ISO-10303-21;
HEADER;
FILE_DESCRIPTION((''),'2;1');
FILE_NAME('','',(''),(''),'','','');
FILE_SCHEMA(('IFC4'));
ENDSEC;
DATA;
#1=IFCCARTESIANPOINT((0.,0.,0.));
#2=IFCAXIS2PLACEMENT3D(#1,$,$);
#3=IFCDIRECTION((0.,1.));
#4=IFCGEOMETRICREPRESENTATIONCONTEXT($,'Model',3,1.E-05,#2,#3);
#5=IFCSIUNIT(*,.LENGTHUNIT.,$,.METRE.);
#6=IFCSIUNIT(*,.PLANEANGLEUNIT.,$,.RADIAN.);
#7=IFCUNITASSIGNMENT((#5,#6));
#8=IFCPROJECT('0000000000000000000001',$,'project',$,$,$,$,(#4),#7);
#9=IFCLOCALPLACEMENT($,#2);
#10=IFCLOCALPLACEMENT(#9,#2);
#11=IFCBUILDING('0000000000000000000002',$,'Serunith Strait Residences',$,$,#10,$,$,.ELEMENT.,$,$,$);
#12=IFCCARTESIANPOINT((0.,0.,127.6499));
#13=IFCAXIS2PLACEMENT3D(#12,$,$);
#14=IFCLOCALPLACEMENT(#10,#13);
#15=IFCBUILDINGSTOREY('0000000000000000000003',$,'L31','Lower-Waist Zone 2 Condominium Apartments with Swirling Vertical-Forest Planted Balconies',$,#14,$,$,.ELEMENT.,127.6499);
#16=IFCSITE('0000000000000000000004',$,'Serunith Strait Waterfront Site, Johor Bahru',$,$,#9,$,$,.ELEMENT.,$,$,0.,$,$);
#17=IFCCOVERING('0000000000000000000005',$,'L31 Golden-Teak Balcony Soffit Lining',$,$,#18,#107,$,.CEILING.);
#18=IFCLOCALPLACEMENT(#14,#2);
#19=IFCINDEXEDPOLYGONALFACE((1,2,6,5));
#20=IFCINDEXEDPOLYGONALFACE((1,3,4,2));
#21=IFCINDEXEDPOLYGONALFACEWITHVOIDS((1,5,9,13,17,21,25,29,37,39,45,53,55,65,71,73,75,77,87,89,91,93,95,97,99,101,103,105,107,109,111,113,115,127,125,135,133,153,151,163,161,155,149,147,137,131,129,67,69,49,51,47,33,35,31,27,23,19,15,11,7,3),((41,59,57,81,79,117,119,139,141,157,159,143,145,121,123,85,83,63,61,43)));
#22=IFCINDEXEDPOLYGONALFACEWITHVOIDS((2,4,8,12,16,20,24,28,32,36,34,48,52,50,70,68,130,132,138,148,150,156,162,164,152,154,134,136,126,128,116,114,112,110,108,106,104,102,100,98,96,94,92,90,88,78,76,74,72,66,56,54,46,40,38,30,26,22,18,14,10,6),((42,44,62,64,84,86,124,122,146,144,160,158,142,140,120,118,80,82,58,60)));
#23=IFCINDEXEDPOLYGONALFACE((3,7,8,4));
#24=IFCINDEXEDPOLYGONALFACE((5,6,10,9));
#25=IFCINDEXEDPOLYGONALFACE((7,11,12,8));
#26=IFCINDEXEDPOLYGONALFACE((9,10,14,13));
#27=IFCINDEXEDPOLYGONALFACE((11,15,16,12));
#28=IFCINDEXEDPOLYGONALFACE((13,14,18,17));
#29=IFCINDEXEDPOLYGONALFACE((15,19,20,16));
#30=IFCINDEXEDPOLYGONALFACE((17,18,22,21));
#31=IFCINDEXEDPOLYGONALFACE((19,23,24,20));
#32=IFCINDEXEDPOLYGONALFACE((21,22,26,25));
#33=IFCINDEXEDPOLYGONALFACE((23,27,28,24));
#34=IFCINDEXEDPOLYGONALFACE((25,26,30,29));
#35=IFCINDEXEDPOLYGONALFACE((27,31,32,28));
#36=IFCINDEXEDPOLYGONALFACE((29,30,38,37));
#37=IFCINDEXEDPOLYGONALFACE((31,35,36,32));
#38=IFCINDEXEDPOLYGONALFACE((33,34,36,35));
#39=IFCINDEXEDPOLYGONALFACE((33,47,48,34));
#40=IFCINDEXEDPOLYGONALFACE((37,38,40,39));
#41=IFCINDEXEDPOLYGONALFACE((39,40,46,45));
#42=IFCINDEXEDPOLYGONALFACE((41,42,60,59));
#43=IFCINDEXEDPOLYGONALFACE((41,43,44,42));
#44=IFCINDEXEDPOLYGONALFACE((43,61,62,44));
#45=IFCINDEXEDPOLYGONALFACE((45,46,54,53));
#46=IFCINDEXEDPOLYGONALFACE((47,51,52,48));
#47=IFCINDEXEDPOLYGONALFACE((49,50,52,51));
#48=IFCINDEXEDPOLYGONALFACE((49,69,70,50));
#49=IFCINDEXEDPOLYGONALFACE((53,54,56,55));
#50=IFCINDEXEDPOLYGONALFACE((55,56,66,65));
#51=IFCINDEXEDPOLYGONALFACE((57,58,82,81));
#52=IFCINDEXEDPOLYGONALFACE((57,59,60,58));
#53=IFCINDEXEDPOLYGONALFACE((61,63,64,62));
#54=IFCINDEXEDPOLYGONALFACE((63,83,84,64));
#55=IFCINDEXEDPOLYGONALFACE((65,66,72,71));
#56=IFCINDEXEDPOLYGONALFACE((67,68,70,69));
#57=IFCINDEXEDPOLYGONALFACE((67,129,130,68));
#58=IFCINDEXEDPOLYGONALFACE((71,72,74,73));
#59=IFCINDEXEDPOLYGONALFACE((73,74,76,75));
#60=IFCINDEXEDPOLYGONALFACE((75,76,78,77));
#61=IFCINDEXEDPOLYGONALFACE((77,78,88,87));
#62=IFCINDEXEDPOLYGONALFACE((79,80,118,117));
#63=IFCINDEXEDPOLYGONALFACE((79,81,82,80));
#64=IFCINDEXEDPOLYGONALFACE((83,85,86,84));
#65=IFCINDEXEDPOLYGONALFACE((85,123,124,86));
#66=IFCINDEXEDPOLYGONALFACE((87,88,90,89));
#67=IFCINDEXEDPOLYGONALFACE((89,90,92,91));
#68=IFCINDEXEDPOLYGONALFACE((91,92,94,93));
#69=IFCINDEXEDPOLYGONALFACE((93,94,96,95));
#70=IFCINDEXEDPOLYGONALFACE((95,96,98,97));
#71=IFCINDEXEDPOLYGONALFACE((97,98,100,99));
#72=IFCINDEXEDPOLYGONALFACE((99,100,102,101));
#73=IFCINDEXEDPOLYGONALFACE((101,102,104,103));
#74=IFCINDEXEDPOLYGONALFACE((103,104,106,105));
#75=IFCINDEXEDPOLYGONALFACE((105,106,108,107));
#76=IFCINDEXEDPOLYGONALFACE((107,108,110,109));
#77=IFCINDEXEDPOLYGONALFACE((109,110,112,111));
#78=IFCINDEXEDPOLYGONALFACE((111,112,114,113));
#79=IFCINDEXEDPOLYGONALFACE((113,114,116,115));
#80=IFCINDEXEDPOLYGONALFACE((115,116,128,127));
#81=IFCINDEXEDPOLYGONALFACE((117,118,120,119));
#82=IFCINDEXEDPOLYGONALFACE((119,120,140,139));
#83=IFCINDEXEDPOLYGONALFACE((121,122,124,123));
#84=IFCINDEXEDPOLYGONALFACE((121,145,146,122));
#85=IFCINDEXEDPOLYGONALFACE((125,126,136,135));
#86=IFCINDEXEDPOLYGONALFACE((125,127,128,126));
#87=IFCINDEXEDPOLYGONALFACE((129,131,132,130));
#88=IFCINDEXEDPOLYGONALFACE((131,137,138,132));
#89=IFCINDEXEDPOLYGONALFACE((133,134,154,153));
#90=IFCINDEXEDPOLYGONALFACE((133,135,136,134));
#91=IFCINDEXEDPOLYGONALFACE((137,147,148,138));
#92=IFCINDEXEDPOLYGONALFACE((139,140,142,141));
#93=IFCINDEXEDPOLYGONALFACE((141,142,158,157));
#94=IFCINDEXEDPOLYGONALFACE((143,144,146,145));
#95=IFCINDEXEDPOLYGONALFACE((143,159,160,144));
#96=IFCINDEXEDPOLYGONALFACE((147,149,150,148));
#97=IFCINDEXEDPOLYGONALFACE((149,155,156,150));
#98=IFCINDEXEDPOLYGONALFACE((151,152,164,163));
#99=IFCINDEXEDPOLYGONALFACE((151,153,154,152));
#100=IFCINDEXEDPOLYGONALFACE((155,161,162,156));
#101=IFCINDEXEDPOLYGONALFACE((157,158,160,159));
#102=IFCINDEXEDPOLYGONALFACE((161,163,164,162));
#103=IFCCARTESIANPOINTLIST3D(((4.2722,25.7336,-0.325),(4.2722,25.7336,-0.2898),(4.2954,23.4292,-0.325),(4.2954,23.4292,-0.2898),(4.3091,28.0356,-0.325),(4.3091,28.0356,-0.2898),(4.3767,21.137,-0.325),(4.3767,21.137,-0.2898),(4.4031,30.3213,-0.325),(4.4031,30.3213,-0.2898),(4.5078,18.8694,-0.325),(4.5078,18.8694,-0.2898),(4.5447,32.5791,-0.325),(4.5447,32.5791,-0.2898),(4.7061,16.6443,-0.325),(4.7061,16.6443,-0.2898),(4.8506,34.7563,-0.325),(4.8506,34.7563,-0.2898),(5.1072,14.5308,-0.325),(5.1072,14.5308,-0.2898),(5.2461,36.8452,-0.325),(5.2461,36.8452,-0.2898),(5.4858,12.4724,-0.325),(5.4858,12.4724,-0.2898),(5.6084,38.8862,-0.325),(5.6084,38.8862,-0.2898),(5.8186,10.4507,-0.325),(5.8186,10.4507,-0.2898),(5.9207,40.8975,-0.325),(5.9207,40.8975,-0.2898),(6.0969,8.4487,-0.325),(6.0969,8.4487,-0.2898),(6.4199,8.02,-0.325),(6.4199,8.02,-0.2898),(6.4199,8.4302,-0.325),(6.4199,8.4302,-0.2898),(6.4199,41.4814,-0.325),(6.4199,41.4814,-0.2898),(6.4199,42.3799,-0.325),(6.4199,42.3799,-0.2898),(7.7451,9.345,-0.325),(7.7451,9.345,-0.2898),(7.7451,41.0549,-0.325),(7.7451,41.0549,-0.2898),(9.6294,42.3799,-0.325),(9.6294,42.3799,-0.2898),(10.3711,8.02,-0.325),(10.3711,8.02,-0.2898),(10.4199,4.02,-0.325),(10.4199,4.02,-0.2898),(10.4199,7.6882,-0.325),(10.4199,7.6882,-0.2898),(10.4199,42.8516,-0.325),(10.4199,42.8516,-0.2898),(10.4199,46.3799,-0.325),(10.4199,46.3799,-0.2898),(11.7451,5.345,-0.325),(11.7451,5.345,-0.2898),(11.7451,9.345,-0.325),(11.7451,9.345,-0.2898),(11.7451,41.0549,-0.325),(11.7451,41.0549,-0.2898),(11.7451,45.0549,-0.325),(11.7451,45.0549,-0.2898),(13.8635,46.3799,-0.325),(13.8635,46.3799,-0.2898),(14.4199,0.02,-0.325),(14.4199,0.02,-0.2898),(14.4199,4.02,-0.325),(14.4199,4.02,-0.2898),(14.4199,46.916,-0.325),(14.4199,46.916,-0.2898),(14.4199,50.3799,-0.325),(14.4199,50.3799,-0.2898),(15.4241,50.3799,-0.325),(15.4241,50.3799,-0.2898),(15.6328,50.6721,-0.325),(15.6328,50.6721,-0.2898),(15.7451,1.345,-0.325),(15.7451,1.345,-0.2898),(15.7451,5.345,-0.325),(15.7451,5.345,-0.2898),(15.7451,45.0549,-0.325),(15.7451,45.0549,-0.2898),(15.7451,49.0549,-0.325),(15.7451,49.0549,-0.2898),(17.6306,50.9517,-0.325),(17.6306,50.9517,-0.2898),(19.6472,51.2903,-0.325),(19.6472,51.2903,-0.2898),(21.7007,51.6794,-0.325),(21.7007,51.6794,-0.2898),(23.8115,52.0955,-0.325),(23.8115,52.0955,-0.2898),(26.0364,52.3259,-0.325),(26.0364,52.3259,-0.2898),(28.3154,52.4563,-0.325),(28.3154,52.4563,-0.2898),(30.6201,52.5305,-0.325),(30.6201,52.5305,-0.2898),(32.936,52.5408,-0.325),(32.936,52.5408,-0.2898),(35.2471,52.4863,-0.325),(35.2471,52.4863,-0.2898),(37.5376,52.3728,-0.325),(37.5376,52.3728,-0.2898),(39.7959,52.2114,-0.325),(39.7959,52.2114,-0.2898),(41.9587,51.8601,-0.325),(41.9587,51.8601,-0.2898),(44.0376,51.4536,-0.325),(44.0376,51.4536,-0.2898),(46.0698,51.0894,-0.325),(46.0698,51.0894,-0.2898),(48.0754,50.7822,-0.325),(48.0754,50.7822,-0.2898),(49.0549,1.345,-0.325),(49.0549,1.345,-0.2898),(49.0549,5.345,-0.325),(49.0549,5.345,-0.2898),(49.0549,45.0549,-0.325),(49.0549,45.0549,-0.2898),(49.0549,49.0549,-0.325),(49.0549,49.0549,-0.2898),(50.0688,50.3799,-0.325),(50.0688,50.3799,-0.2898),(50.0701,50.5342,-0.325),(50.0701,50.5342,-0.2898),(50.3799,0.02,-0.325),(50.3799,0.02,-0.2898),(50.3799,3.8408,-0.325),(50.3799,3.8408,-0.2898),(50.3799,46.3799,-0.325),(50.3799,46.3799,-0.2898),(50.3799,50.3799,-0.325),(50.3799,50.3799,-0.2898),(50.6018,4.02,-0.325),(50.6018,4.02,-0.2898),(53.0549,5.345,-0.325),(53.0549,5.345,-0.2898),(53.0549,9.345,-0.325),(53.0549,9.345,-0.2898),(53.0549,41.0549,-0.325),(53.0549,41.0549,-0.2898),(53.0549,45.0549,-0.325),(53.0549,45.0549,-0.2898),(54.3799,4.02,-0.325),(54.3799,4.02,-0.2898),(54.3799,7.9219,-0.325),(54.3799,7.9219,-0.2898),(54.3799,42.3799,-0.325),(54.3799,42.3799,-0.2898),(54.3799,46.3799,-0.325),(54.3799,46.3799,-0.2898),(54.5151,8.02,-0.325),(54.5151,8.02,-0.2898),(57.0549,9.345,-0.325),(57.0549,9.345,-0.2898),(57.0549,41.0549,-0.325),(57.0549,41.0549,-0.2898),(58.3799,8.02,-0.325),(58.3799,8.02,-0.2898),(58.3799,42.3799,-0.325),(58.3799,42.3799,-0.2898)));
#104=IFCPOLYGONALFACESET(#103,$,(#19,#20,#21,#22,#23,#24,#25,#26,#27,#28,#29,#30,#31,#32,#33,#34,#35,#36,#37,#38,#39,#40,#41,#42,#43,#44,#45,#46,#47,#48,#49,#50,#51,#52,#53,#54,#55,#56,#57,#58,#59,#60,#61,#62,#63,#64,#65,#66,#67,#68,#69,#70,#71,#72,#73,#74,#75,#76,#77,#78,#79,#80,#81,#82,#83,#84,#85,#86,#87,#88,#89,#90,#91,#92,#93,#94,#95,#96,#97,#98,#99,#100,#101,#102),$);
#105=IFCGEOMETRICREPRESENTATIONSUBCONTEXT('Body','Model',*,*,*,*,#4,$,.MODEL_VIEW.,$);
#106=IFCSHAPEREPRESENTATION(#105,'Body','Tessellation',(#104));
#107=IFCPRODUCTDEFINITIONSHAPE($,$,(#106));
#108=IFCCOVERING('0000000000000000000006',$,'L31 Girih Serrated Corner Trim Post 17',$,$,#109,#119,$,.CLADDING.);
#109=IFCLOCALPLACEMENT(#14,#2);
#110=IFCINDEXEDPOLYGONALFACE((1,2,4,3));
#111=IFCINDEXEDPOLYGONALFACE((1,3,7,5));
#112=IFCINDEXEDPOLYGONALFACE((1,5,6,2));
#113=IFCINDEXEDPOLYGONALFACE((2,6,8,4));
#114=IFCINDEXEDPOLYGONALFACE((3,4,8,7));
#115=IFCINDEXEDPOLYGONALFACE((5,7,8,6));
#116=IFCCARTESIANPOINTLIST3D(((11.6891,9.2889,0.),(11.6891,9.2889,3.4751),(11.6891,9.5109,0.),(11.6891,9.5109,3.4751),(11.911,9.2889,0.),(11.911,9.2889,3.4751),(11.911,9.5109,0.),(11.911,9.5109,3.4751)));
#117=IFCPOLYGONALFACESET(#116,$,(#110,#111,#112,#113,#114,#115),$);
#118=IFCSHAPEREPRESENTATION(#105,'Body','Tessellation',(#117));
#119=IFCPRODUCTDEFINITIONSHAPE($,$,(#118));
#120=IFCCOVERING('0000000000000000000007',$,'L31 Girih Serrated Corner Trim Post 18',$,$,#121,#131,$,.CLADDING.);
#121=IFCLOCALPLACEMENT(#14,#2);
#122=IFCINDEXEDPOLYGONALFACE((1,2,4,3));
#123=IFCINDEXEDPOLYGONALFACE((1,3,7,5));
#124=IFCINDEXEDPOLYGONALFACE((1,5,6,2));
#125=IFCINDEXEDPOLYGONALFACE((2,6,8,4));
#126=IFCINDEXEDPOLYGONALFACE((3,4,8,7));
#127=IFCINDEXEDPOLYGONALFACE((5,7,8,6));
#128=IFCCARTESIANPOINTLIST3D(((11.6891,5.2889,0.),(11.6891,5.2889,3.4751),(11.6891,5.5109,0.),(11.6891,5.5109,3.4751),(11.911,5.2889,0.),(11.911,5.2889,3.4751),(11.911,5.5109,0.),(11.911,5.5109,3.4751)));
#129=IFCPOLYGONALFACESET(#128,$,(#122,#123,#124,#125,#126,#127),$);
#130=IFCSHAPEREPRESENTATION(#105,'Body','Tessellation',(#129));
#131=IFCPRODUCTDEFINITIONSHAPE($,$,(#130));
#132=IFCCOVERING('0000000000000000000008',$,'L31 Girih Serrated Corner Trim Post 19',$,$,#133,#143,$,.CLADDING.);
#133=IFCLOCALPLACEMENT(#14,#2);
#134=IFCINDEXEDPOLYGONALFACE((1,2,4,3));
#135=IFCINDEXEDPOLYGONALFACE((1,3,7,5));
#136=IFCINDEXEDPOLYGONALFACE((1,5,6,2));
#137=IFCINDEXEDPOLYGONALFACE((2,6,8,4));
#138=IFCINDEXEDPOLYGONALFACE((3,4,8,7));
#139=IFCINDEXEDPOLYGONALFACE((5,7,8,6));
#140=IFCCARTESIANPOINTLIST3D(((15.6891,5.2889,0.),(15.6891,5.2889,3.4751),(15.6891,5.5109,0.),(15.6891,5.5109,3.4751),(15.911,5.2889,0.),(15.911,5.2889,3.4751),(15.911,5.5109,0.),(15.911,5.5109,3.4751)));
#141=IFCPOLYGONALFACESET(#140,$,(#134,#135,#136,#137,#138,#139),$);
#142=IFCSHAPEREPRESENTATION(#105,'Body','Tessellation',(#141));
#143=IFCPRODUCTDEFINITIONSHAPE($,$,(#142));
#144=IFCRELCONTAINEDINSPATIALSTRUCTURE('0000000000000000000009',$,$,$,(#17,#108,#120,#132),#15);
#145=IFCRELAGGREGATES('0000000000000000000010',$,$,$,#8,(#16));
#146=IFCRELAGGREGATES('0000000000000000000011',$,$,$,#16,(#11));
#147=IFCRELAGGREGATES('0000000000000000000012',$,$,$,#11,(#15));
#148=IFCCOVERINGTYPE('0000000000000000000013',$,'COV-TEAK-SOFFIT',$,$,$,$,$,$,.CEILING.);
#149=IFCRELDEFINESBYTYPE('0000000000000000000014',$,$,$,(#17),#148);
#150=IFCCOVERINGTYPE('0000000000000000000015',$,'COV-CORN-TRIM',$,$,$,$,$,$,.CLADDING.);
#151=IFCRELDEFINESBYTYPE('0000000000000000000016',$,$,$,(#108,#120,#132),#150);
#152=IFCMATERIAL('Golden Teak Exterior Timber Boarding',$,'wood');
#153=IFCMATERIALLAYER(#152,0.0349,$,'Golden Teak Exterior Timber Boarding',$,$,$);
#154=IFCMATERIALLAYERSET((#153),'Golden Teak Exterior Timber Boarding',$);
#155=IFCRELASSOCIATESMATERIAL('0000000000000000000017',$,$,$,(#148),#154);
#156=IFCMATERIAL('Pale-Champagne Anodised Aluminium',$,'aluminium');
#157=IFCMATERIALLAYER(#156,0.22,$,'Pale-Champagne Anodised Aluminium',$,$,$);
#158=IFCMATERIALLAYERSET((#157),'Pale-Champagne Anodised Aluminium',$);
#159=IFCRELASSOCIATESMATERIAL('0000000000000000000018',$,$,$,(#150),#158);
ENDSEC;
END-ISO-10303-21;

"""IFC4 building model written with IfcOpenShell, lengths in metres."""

from ifc_helpers import new_model, si_unit, direction, frame, origin, origin_2d, place, context, subcontext, project, spatial, polyline, rectangle, outline, extrude, source, transform, mapped, material, layer, layer_set, type_object, element, save


model = new_model("IFC4")

# Units and contexts
model_context = context("Model", 3, precision=1e-05, world=origin(), true_north=direction((0.0, 1.0)))
body_context = subcontext(model_context, "Body", "Model", "MODEL_VIEW")
ifc_project = project(units=[si_unit("LENGTHUNIT", "METRE"), si_unit("PLANEANGLEUNIT", "RADIAN")], contexts=[model_context])

# Site, building, storey
site_placement = place(None, origin())
site = spatial("IfcSite", under=ifc_project, at=site_placement, Name="Serunith Strait Waterfront Site, Johor Bahru", CompositionType="ELEMENT", RefElevation=0.0)
building_placement = place(site_placement, origin())
building = spatial("IfcBuilding", under=site, at=building_placement, Name="Serunith Strait Residences", CompositionType="ELEMENT")
storey_placement = place(building_placement, frame((0.0, 0.0, 127.6499)))
storey = spatial("IfcBuildingStorey", under=building, at=storey_placement, Name="L31", Description="Lower-Waist Zone 2 Condominium Apartments with Swirling Vertical-Forest Planted Balconies", CompositionType="ELEMENT", Elevation=127.6499)

# Shared definitions
ifc_material_1 = material(Name="Pale-Champagne Anodised Aluminium", Category="aluminium")

# Covering
ifc_material_2 = material(Name="Golden Teak Exterior Timber Boarding", Category="wood")
ifc_layer_1 = layer(ifc_material_2, 0.0349, Name="Golden Teak Exterior Timber Boarding")
ifc_layer_set_1 = layer_set([ifc_layer_1], Name="Golden Teak Exterior Timber Boarding")
covering_type_1 = type_object("IfcCoveringType", Name="COV-TEAK-SOFFIT", PredefinedType="CEILING", material=ifc_layer_set_1)
covering_placement = place(storey_placement, frame((0.0, 0.0, -0.325)))
element("IfcCovering", 1, at=covering_placement, inside=storey, type_object=covering_type_1, Name="L31 Golden-Teak Balcony Soffit Lining", PredefinedType="CEILING", context=body_context, shape_type="SweptSolid", body=[
    extrude(outline(polyline([(6.4199, 8.02), (6.4199, 8.4302), (6.0969, 8.4487), (5.8186, 10.4507), (5.4858, 12.4724), (5.1072, 14.5308), (4.7061, 16.6443), (4.5078, 18.8694), (4.3767, 21.137), (4.2954, 23.4292), (4.2722, 25.7336), (4.3091, 28.0356), (4.4031, 30.3213), (4.5447, 32.5791), (4.8506, 34.7563), (5.2461, 36.8452), (5.6084, 38.8862), (5.9207, 40.8975), (6.4199, 41.4814), (6.4199, 42.3799), (9.6294, 42.3799), (10.4199, 42.8516), (10.4199, 46.3799), (13.8635, 46.3799), (14.4199, 46.916), (14.4199, 50.3799), (15.4241, 50.3799), (15.6328, 50.6721), (17.6306, 50.9517), (19.6472, 51.2903), (21.7007, 51.6794), (23.8115, 52.0955), (26.0364, 52.3259), (28.3154, 52.4563), (30.6201, 52.5305), (32.936, 52.5408), (35.2471, 52.4863), (37.5376, 52.3728), (39.7959, 52.2114), (41.9587, 51.8601), (44.0376, 51.4536), (46.0698, 51.0894), (48.0754, 50.7822), (50.0701, 50.5342), (50.0688, 50.3799), (50.3799, 50.3799), (50.3799, 46.3799), (54.3799, 46.3799), (54.3799, 42.3799), (58.3799, 42.3799), (58.3799, 8.02), (54.5151, 8.02), (54.3799, 7.9219), (54.3799, 4.02), (50.6018, 4.02), (50.3799, 3.8408), (50.3799, 0.02), (14.4199, 0.02), (14.4199, 4.02), (10.4199, 4.02), (10.4199, 7.6882), (10.3711, 8.02), (6.4199, 8.02)]), holes=[polyline([(49.0549, 1.345), (49.0549, 5.345), (53.0549, 5.345), (53.0549, 9.345), (57.0549, 9.345), (57.0549, 41.0549), (53.0549, 41.0549), (53.0549, 45.0549), (49.0549, 45.0549), (49.0549, 49.0549), (15.7451, 49.0549), (15.7451, 45.0549), (11.7451, 45.0549), (11.7451, 41.0549), (7.7451, 41.0549), (7.7451, 9.345), (11.7451, 9.345), (11.7451, 5.345), (15.7451, 5.345), (15.7451, 1.345), (49.0549, 1.345)])]), origin(), (0.0, 0.0, 1.0), 0.0352),
])

# Coverings
ifc_layer_2 = layer(ifc_material_1, 0.22, Name="Pale-Champagne Anodised Aluminium")
ifc_layer_set_2 = layer_set([ifc_layer_2], Name="Pale-Champagne Anodised Aluminium")
covering_type_2 = type_object("IfcCoveringType", Name="COV-CORN-TRIM", PredefinedType="CLADDING", material=ifc_layer_set_2)
shared_shape_1 = source(origin(), body_context, "Body", "SweptSolid", [
    extrude(rectangle(XDim=0.2219, YDim=0.2219, at=origin_2d()), origin(), (0.0, 0.0, 1.0), 3.4751),
])
for number, where, z_axis, x_axis, name in (
    (2, (11.8, 9.3999, 0.0), (0.0, 0.0, 1.0), (1.0, 0.0, 0.0), "L31 Girih Serrated Corner Trim Post 17"),
    (3, (11.8, 5.3999, 0.0), (0.0, 0.0, 1.0), (1.0, 0.0, 0.0), "L31 Girih Serrated Corner Trim Post 18"),
    (4, (15.8, 5.3999, 0.0), (0.0, 0.0, 1.0), (1.0, 0.0, 0.0), "L31 Girih Serrated Corner Trim Post 19"),
):
    element("IfcCovering", number, at=place(storey_placement, frame(where, z_axis=z_axis, x_axis=x_axis)), inside=storey, type_object=covering_type_2, Name=name, PredefinedType="CLADDING", context=body_context, shape_type="MappedRepresentation", body=[
        mapped(shared_shape_1, transform((0.0, 0.0, 0.0), scale=1.0)),
    ])

save(model, "model.ifc")
